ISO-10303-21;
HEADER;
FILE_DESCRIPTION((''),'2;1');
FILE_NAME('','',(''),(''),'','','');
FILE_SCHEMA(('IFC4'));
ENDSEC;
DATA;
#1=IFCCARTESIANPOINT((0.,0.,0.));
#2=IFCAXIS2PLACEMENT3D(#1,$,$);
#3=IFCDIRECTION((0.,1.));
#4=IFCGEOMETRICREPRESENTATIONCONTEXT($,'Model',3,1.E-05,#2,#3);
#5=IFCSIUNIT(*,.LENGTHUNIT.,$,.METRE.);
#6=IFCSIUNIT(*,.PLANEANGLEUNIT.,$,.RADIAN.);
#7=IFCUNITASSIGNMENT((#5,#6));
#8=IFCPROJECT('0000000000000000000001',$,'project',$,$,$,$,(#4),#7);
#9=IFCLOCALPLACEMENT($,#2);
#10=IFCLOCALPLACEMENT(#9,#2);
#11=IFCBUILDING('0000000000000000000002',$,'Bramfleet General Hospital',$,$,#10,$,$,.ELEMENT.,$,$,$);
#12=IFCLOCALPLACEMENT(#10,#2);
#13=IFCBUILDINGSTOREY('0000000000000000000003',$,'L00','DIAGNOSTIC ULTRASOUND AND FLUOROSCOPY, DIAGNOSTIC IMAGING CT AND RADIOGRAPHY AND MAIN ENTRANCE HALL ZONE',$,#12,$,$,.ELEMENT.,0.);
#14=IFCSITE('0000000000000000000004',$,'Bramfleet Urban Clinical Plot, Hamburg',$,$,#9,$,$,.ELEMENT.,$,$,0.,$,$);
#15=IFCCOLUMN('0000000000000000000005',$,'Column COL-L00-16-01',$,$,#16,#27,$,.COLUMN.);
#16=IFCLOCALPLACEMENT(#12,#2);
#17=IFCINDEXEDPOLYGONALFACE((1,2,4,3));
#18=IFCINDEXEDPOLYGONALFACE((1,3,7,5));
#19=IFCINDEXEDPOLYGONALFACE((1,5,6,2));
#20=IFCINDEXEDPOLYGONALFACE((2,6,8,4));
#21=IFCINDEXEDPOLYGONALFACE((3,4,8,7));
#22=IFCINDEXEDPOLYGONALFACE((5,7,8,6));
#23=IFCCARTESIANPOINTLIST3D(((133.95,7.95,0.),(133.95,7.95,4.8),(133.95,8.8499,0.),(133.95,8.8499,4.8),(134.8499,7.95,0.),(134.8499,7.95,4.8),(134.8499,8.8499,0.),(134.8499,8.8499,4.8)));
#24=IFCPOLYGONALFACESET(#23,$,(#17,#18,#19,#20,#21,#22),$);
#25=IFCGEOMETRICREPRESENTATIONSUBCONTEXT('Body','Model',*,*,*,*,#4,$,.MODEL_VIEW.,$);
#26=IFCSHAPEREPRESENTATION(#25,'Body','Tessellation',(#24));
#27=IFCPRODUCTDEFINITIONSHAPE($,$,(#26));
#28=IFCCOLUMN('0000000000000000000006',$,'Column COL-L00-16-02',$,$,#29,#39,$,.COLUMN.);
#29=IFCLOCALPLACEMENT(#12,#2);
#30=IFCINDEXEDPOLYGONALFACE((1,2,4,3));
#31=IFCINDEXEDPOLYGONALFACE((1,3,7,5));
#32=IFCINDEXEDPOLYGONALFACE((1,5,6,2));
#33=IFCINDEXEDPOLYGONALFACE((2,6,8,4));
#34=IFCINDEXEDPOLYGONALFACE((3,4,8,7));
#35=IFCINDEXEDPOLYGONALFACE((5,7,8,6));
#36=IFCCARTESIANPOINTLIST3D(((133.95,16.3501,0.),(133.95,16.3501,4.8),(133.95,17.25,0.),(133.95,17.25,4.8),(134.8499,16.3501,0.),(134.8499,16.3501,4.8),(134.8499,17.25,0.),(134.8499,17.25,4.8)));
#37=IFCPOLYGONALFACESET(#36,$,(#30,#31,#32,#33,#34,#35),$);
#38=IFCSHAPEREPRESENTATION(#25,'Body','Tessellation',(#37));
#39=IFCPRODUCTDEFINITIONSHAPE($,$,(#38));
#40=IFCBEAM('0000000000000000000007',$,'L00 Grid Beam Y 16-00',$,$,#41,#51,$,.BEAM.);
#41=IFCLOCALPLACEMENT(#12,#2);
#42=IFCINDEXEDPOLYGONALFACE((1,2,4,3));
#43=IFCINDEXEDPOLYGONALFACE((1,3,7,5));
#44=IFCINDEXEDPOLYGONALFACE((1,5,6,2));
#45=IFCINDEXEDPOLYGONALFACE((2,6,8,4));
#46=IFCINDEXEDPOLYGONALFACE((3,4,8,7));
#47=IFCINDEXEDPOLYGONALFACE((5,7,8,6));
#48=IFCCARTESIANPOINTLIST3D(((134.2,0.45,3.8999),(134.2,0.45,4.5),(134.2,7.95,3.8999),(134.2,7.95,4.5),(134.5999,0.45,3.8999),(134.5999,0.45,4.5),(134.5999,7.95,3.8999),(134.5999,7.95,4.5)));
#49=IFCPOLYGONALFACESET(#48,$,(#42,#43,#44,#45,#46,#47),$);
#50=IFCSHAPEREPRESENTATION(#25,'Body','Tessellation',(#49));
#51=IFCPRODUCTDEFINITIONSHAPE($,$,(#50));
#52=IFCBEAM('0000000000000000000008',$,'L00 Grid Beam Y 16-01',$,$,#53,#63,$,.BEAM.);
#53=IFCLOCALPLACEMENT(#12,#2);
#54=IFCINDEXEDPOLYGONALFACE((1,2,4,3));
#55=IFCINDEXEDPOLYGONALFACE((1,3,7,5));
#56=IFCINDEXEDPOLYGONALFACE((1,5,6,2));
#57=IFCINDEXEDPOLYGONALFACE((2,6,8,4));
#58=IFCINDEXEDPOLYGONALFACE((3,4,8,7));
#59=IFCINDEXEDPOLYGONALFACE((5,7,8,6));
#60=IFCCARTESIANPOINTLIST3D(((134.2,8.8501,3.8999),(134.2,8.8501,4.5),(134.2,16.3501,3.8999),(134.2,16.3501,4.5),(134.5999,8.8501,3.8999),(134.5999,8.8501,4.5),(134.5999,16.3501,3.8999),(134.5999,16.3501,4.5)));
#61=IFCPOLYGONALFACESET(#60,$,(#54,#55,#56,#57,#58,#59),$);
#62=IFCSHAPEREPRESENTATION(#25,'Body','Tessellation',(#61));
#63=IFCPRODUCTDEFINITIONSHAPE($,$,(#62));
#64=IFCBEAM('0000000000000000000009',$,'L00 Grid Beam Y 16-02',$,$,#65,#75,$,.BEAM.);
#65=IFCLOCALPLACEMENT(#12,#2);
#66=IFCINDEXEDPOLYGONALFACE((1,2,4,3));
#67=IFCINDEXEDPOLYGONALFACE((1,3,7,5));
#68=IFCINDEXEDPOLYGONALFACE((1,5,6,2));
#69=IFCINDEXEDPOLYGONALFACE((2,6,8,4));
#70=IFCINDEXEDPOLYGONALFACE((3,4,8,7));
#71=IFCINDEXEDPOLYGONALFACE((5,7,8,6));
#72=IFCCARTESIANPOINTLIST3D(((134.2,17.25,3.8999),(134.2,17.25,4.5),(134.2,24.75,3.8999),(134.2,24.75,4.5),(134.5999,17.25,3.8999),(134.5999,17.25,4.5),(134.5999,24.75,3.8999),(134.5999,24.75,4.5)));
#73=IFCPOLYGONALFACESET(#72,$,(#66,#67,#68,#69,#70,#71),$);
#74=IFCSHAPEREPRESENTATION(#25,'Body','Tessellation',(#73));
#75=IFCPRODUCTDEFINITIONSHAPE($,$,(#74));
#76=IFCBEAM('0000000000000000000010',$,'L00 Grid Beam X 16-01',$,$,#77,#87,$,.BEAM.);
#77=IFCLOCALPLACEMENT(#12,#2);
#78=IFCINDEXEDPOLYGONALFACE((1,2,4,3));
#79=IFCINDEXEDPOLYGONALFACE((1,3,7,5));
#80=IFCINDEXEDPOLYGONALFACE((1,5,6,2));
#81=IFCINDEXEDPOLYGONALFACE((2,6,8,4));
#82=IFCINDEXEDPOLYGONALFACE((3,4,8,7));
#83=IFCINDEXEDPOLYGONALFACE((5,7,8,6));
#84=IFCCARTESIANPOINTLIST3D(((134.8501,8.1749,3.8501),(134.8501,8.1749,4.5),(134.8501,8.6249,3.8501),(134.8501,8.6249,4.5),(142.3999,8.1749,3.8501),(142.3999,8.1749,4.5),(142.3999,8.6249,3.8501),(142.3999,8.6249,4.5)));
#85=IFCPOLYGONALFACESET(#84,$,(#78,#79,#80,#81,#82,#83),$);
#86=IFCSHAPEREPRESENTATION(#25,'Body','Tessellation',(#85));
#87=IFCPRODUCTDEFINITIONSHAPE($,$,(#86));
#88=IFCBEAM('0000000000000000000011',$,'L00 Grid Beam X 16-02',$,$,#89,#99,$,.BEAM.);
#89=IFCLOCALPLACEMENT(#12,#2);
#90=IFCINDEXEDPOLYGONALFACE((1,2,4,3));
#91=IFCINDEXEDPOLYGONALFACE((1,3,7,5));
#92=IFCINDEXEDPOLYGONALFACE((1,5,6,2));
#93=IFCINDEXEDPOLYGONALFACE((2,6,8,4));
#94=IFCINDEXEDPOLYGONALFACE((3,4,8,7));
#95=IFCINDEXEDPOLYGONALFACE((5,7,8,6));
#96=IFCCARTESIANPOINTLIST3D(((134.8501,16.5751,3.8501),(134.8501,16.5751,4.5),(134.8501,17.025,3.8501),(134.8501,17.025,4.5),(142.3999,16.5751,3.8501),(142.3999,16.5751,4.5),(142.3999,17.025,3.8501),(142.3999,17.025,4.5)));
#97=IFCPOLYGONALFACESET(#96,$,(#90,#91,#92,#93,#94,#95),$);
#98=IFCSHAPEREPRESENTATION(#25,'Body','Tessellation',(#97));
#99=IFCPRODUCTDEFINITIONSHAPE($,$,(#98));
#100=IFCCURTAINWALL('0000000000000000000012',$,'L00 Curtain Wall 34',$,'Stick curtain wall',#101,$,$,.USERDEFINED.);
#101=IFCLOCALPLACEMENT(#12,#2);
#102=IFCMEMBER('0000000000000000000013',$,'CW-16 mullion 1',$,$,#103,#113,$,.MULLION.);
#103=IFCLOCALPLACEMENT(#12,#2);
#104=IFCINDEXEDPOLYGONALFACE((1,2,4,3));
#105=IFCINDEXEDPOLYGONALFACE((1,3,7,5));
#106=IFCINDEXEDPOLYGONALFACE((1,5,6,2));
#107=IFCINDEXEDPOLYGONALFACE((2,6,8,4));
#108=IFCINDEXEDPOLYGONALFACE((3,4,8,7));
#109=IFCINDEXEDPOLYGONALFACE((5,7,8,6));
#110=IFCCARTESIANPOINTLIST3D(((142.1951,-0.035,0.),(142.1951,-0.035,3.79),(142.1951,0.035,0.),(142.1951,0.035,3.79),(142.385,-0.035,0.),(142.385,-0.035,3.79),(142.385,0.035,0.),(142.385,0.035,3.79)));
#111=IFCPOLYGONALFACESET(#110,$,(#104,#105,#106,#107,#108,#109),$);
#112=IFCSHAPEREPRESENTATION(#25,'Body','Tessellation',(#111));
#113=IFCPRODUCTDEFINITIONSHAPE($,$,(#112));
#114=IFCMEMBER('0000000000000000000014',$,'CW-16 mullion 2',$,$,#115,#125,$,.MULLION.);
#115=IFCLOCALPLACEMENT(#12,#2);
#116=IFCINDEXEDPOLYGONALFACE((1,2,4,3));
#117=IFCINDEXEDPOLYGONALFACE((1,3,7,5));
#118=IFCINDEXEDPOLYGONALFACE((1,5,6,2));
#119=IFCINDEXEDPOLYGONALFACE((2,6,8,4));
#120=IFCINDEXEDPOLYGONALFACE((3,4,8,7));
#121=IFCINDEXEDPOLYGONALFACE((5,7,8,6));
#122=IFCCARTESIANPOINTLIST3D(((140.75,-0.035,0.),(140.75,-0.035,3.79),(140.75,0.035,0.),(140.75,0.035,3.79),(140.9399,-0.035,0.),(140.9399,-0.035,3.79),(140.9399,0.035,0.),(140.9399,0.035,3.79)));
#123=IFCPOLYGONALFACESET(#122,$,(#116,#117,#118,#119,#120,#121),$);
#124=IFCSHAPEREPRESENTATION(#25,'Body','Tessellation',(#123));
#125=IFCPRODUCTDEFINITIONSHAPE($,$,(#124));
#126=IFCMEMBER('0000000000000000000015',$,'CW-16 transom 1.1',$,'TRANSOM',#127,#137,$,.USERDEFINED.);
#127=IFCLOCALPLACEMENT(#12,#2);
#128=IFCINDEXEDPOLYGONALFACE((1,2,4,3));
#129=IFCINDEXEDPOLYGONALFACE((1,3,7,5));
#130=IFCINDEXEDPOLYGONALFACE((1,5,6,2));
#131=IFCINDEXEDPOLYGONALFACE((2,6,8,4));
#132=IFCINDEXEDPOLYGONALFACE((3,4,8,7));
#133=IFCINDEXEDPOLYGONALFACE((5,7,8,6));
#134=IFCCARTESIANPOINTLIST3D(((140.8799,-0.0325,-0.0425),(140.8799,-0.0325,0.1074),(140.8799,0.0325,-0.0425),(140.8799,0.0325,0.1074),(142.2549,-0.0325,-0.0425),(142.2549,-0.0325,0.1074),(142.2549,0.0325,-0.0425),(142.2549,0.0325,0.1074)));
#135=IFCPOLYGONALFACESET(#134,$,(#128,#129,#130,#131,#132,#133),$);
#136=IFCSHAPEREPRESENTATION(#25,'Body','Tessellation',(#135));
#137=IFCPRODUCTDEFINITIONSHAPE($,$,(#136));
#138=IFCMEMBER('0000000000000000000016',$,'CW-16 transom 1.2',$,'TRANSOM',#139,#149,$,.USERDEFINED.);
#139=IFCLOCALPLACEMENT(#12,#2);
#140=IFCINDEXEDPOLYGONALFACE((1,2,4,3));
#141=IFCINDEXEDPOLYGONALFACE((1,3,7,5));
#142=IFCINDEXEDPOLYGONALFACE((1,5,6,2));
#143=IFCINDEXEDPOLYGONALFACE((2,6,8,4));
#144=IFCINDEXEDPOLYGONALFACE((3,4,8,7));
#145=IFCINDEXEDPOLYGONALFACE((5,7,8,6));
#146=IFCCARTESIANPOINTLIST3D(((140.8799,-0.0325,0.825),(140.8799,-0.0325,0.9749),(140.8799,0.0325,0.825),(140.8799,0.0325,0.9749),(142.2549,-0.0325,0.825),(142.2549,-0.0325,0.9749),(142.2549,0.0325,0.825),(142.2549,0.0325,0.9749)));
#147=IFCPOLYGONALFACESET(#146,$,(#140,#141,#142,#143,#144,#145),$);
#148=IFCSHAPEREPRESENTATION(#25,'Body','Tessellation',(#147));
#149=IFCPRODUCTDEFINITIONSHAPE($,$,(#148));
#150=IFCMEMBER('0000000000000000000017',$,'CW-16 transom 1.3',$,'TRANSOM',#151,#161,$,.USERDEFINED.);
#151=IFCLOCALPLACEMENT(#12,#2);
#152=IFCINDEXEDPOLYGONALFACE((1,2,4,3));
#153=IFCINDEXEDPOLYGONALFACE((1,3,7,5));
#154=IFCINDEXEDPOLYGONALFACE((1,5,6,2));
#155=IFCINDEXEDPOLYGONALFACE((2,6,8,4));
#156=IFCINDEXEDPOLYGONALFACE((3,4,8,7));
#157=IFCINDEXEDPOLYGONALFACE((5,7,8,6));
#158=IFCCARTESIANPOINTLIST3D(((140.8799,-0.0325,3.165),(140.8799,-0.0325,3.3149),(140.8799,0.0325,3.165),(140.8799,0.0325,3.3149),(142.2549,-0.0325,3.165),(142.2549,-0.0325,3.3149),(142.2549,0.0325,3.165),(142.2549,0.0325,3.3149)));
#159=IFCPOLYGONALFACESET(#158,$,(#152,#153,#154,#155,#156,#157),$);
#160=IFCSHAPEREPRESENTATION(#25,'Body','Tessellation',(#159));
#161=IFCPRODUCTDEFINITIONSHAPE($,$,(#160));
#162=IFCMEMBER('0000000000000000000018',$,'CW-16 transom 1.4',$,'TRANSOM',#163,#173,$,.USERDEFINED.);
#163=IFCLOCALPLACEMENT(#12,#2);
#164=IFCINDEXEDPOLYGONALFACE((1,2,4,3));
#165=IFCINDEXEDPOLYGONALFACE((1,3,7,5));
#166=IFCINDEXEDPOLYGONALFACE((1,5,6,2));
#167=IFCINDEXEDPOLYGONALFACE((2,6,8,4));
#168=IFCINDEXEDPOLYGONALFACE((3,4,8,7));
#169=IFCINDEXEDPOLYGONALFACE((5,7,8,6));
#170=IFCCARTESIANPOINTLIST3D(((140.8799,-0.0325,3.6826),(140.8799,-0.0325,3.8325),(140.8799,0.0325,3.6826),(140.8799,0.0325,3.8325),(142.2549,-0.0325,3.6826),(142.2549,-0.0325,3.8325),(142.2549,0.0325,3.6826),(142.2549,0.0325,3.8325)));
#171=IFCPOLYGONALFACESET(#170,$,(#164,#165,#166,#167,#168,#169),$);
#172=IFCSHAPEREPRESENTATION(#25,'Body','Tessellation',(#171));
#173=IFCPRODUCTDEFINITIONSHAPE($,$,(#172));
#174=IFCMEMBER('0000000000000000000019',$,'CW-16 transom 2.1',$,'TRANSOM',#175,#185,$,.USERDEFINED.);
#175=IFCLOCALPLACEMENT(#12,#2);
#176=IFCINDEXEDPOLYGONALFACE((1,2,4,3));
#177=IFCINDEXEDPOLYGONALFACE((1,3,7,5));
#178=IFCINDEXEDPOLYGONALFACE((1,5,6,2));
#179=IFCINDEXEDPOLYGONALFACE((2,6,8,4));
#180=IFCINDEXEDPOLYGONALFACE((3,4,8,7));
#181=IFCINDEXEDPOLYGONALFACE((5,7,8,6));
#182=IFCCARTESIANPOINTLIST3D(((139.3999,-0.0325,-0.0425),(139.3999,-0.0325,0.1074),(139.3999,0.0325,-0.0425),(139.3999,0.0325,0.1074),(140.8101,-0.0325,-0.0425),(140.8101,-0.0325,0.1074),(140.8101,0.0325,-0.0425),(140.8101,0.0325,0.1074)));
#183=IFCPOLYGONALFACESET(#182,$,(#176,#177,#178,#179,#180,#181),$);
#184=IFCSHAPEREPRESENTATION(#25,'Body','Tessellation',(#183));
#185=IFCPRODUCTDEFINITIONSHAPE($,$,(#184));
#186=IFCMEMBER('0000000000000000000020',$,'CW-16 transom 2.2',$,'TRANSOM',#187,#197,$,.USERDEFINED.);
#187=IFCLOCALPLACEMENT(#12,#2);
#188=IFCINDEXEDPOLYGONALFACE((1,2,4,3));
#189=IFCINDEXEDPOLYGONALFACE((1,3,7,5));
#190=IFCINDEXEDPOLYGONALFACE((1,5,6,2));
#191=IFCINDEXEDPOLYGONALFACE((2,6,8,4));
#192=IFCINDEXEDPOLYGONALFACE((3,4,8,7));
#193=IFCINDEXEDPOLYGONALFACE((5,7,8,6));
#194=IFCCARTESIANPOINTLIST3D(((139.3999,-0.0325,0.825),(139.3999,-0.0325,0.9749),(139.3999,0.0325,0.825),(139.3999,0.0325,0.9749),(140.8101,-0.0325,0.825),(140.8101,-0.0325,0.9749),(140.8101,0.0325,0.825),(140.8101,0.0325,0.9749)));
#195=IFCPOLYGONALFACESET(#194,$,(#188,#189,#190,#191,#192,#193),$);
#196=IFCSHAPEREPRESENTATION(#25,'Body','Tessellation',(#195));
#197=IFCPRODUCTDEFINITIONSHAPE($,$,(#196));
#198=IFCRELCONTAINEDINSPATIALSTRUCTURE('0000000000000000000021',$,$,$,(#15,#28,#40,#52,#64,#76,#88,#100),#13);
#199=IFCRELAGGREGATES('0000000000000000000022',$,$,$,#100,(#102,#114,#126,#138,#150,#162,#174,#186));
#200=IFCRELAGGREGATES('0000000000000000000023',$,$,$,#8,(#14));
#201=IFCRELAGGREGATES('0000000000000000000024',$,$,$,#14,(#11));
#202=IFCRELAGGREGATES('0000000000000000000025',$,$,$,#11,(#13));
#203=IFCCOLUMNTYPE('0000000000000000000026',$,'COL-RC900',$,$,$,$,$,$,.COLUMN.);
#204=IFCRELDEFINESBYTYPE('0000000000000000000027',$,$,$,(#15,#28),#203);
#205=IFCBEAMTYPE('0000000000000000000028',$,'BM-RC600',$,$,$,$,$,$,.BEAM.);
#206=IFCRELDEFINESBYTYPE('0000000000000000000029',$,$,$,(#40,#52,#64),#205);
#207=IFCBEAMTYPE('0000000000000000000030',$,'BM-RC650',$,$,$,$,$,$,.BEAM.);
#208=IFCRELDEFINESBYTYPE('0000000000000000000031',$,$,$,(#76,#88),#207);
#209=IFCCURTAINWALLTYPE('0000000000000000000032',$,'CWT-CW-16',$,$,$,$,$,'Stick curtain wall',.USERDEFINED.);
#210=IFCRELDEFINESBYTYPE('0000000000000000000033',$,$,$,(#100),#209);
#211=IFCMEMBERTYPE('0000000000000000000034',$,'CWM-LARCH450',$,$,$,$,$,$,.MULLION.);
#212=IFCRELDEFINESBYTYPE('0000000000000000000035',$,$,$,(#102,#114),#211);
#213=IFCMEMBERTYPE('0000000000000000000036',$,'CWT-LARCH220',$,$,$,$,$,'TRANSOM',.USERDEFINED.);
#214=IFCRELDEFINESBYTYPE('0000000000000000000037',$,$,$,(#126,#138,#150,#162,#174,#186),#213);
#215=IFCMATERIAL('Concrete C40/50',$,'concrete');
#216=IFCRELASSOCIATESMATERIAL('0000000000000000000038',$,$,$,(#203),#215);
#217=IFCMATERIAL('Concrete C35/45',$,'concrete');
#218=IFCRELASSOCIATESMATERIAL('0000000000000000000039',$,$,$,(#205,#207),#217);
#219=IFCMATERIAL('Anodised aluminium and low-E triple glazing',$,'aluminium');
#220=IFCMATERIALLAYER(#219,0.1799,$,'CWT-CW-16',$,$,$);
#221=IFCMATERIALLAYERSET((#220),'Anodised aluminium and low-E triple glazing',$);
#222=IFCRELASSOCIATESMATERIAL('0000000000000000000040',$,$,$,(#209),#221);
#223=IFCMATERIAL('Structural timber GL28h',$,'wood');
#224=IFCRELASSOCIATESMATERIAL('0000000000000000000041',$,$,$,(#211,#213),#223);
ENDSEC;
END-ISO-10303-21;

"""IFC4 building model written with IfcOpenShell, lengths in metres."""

from ifc_helpers import new_model, si_unit, direction, frame, origin, origin_2d, place, context, subcontext, project, spatial, rectangle, extrude, material, layer, layer_set, material_profile, profile_set, type_object, element, aggregate, save


model = new_model("IFC4")

# Units and contexts
model_context = context("Model", 3, precision=1e-05, world=origin(), true_north=direction((0.0, 1.0)))
body_context = subcontext(model_context, "Body", "Model", "MODEL_VIEW")
ifc_project = project(units=[si_unit("LENGTHUNIT", "METRE"), si_unit("PLANEANGLEUNIT", "RADIAN")], contexts=[model_context])

# Site, building, storey
site_placement = place(None, origin())
site = spatial("IfcSite", under=ifc_project, at=site_placement, Name="Bramfleet Urban Clinical Plot, Hamburg", CompositionType="ELEMENT", RefElevation=0.0)
building_placement = place(site_placement, origin())
building = spatial("IfcBuilding", under=site, at=building_placement, Name="Bramfleet General Hospital", CompositionType="ELEMENT")
storey_placement = place(building_placement, origin())
storey = spatial("IfcBuildingStorey", under=building, at=storey_placement, Name="L00", Description="DIAGNOSTIC ULTRASOUND AND FLUOROSCOPY, DIAGNOSTIC IMAGING CT AND RADIOGRAPHY AND MAIN ENTRANCE HALL ZONE", CompositionType="ELEMENT", Elevation=0.0)

# Columns
ifc_material_1 = material(Name="Concrete C40/50", Category="concrete")
ifc_material_profile_1 = material_profile(ifc_material_1, rectangle(XDim=0.8999, YDim=0.8999, at=origin_2d()), Name="RC COL 900x900")
ifc_profile_set_1 = profile_set([ifc_material_profile_1], Name="Concrete C40/50")
column_type = type_object("IfcColumnType", Name="COL-RC900", PredefinedType="COLUMN", material=ifc_profile_set_1)
for number, where, z_axis, x_axis, name in (
    (1, (134.3999, 8.3999, 0.0), (0.0, 0.0, 1.0), (1.0, 0.0, 0.0), "Column COL-L00-16-01"),
    (2, (134.3999, 16.8, 0.0), (0.0, 0.0, 1.0), (1.0, 0.0, 0.0), "Column COL-L00-16-02"),
):
    element("IfcColumn", number, at=place(storey_placement, frame(where, z_axis=z_axis, x_axis=x_axis)), inside=storey, type_object=column_type, Name=name, PredefinedType="COLUMN", context=body_context, shape_type="SweptSolid", body=[
        extrude(rectangle(XDim=0.8999, YDim=0.8999, at=origin_2d()), origin(), (0.0, 0.0, 1.0), 4.8),
    ])

# Beams
ifc_material_2 = material(Name="Concrete C35/45", Category="concrete")
ifc_material_profile_2 = material_profile(ifc_material_2, rectangle(XDim=0.3999, YDim=0.6001, at=origin_2d()), Name="RC BM 600x400")
ifc_profile_set_2 = profile_set([ifc_material_profile_2], Name="Concrete C35/45")
beam_type_1 = type_object("IfcBeamType", Name="BM-RC600", PredefinedType="BEAM", material=ifc_profile_set_2)
for number, where, z_axis, x_axis, name in (
    (3, (134.3999, 0.45, 4.2), (0.0, 1.0, 0.0), (-1.0, 0.0, 0.0), "L00 Grid Beam Y 16-00"),
    (4, (134.3999, 8.8501, 4.2), (0.0, 1.0, 0.0), (-1.0, 0.0, 0.0), "L00 Grid Beam Y 16-01"),
    (5, (134.3999, 17.25, 4.2), (0.0, 1.0, 0.0), (-1.0, 0.0, 0.0), "L00 Grid Beam Y 16-02"),
):
    element("IfcBeam", number, at=place(storey_placement, frame(where, z_axis=z_axis, x_axis=x_axis)), inside=storey, type_object=beam_type_1, Name=name, PredefinedType="BEAM", context=body_context, shape_type="SweptSolid", body=[
        extrude(rectangle(XDim=0.3999, YDim=0.6001, at=origin_2d()), origin(), (0.0, 0.0, 1.0), 7.5),
    ])
ifc_material_profile_3 = material_profile(ifc_material_2, rectangle(XDim=0.45, YDim=0.6499, at=origin_2d()), Name="RC BM 650x450")
ifc_profile_set_3 = profile_set([ifc_material_profile_3], Name="Concrete C35/45")
beam_type_2 = type_object("IfcBeamType", Name="BM-RC650", PredefinedType="BEAM", material=ifc_profile_set_3)
for number, where, z_axis, x_axis, name in (
    (6, (134.8501, 8.3999, 4.175), (1.0, 0.0, 0.0), (0.0, 1.0, 0.0), "L00 Grid Beam X 16-01"),
    (7, (134.8501, 16.8, 4.175), (1.0, 0.0, 0.0), (0.0, 1.0, 0.0), "L00 Grid Beam X 16-02"),
):
    element("IfcBeam", number, at=place(storey_placement, frame(where, z_axis=z_axis, x_axis=x_axis)), inside=storey, type_object=beam_type_2, Name=name, PredefinedType="BEAM", context=body_context, shape_type="SweptSolid", body=[
        extrude(rectangle(XDim=0.45, YDim=0.6499, at=origin_2d()), origin(), (0.0, 0.0, 1.0), 7.5498),
    ])

# Curtain wall, members
ifc_material_3 = material(Name="Anodised aluminium and low-E triple glazing", Category="aluminium")
ifc_layer_1 = layer(ifc_material_3, 0.1799, Name="CWT-CW-16")
ifc_layer_set_1 = layer_set([ifc_layer_1], Name="Anodised aluminium and low-E triple glazing")
curtain_wall_type = type_object("IfcCurtainWallType", Name="CWT-CW-16", ElementType="Stick curtain wall", PredefinedType="USERDEFINED", material=ifc_layer_set_1)
curtain_wall_placement = place(storey_placement, origin())
curtain_wall = element("IfcCurtainWall", 8, at=curtain_wall_placement, inside=storey, type_object=curtain_wall_type, Name="L00 Curtain Wall 34", ObjectType="Stick curtain wall", PredefinedType="USERDEFINED")
ifc_material_4 = material(Name="Structural timber GL28h", Category="wood")
ifc_material_profile_4 = material_profile(ifc_material_4, rectangle(XDim=0.0701, YDim=0.1899, at=origin_2d()), Name="LARCH 190x70")
ifc_profile_set_4 = profile_set([ifc_material_profile_4], Name="Structural timber GL28h")
member_type_1 = type_object("IfcMemberType", Name="CWM-LARCH450", PredefinedType="MULLION", material=ifc_profile_set_4)
member_1_placement = place(storey_placement, frame((142.29, 0.0, 0.0), z_axis=(0.0, 0.0, 1.0), x_axis=(0.0, -1.0, 0.0)))
member_1 = element("IfcMember", 9, at=member_1_placement, type_object=member_type_1, Name="CW-16 mullion 1", PredefinedType="MULLION", context=body_context, shape_type="SweptSolid", body=[
    extrude(rectangle(XDim=0.0701, YDim=0.1899, at=origin_2d()), origin(), (0.0, 0.0, 1.0), 3.79),
])
member_2_placement = place(storey_placement, frame((140.845, 0.0, 0.0), z_axis=(0.0, 0.0, 1.0), x_axis=(0.0, -1.0, 0.0)))
member_2 = element("IfcMember", 10, at=member_2_placement, type_object=member_type_1, Name="CW-16 mullion 2", PredefinedType="MULLION", context=body_context, shape_type="SweptSolid", body=[
    extrude(rectangle(XDim=0.0701, YDim=0.1899, at=origin_2d()), origin(), (0.0, 0.0, 1.0), 3.79),
])
ifc_material_profile_5 = material_profile(ifc_material_4, rectangle(XDim=0.0649, YDim=0.1499, at=origin_2d()), Name="LARCH 150x65")
ifc_profile_set_5 = profile_set([ifc_material_profile_5], Name="Structural timber GL28h")
member_type_2 = type_object("IfcMemberType", Name="CWT-LARCH220", ElementType="TRANSOM", PredefinedType="USERDEFINED", material=ifc_profile_set_5)
member_3_placement = place(storey_placement, frame((142.2549, 0.0, 0.0325), z_axis=(-1.0, 0.0, 0.0), x_axis=(0.0, -1.0, 0.0)))
member_3 = element("IfcMember", 11, at=member_3_placement, type_object=member_type_2, Name="CW-16 transom 1.1", ObjectType="TRANSOM", PredefinedType="USERDEFINED", context=body_context, shape_type="SweptSolid", body=[
    extrude(rectangle(XDim=0.0649, YDim=0.1499, at=origin_2d()), origin(), (0.0, 0.0, 1.0), 1.375),
])
member_4_placement = place(storey_placement, frame((142.2549, 0.0, 0.8999), z_axis=(-1.0, 0.0, 0.0), x_axis=(0.0, -1.0, 0.0)))
member_4 = element("IfcMember", 12, at=member_4_placement, type_object=member_type_2, Name="CW-16 transom 1.2", ObjectType="TRANSOM", PredefinedType="USERDEFINED", context=body_context, shape_type="SweptSolid", body=[
    extrude(rectangle(XDim=0.0649, YDim=0.1499, at=origin_2d()), origin(), (0.0, 0.0, 1.0), 1.375),
])
member_5_placement = place(storey_placement, frame((142.2549, 0.0, 3.24), z_axis=(-1.0, 0.0, 0.0), x_axis=(0.0, -1.0, 0.0)))
member_5 = element("IfcMember", 13, at=member_5_placement, type_object=member_type_2, Name="CW-16 transom 1.3", ObjectType="TRANSOM", PredefinedType="USERDEFINED", context=body_context, shape_type="SweptSolid", body=[
    extrude(rectangle(XDim=0.0649, YDim=0.1499, at=origin_2d()), origin(), (0.0, 0.0, 1.0), 1.375),
])
member_6_placement = place(storey_placement, frame((142.2549, 0.0, 3.7576), z_axis=(-1.0, 0.0, 0.0), x_axis=(0.0, -1.0, 0.0)))
member_6 = element("IfcMember", 14, at=member_6_placement, type_object=member_type_2, Name="CW-16 transom 1.4", ObjectType="TRANSOM", PredefinedType="USERDEFINED", context=body_context, shape_type="SweptSolid", body=[
    extrude(rectangle(XDim=0.0649, YDim=0.1499, at=origin_2d()), origin(), (0.0, 0.0, 1.0), 1.375),
])
member_7_placement = place(storey_placement, frame((140.8101, 0.0, 0.0325), z_axis=(-1.0, 0.0, 0.0), x_axis=(0.0, -1.0, 0.0)))
member_7 = element("IfcMember", 15, at=member_7_placement, type_object=member_type_2, Name="CW-16 transom 2.1", ObjectType="TRANSOM", PredefinedType="USERDEFINED", context=body_context, shape_type="SweptSolid", body=[
    extrude(rectangle(XDim=0.0649, YDim=0.1499, at=origin_2d()), origin(), (0.0, 0.0, 1.0), 1.4102),
])
member_8_placement = place(storey_placement, frame((140.8101, 0.0, 0.8999), z_axis=(-1.0, 0.0, 0.0), x_axis=(0.0, -1.0, 0.0)))
member_8 = element("IfcMember", 16, at=member_8_placement, type_object=member_type_2, Name="CW-16 transom 2.2", ObjectType="TRANSOM", PredefinedType="USERDEFINED", context=body_context, shape_type="SweptSolid", body=[
    extrude(rectangle(XDim=0.0649, YDim=0.1499, at=origin_2d()), origin(), (0.0, 0.0, 1.0), 1.4102),
])
aggregate(curtain_wall, [member_1, member_2, member_3, member_4, member_5, member_6, member_7, member_8])

save(model, "model.ifc")
